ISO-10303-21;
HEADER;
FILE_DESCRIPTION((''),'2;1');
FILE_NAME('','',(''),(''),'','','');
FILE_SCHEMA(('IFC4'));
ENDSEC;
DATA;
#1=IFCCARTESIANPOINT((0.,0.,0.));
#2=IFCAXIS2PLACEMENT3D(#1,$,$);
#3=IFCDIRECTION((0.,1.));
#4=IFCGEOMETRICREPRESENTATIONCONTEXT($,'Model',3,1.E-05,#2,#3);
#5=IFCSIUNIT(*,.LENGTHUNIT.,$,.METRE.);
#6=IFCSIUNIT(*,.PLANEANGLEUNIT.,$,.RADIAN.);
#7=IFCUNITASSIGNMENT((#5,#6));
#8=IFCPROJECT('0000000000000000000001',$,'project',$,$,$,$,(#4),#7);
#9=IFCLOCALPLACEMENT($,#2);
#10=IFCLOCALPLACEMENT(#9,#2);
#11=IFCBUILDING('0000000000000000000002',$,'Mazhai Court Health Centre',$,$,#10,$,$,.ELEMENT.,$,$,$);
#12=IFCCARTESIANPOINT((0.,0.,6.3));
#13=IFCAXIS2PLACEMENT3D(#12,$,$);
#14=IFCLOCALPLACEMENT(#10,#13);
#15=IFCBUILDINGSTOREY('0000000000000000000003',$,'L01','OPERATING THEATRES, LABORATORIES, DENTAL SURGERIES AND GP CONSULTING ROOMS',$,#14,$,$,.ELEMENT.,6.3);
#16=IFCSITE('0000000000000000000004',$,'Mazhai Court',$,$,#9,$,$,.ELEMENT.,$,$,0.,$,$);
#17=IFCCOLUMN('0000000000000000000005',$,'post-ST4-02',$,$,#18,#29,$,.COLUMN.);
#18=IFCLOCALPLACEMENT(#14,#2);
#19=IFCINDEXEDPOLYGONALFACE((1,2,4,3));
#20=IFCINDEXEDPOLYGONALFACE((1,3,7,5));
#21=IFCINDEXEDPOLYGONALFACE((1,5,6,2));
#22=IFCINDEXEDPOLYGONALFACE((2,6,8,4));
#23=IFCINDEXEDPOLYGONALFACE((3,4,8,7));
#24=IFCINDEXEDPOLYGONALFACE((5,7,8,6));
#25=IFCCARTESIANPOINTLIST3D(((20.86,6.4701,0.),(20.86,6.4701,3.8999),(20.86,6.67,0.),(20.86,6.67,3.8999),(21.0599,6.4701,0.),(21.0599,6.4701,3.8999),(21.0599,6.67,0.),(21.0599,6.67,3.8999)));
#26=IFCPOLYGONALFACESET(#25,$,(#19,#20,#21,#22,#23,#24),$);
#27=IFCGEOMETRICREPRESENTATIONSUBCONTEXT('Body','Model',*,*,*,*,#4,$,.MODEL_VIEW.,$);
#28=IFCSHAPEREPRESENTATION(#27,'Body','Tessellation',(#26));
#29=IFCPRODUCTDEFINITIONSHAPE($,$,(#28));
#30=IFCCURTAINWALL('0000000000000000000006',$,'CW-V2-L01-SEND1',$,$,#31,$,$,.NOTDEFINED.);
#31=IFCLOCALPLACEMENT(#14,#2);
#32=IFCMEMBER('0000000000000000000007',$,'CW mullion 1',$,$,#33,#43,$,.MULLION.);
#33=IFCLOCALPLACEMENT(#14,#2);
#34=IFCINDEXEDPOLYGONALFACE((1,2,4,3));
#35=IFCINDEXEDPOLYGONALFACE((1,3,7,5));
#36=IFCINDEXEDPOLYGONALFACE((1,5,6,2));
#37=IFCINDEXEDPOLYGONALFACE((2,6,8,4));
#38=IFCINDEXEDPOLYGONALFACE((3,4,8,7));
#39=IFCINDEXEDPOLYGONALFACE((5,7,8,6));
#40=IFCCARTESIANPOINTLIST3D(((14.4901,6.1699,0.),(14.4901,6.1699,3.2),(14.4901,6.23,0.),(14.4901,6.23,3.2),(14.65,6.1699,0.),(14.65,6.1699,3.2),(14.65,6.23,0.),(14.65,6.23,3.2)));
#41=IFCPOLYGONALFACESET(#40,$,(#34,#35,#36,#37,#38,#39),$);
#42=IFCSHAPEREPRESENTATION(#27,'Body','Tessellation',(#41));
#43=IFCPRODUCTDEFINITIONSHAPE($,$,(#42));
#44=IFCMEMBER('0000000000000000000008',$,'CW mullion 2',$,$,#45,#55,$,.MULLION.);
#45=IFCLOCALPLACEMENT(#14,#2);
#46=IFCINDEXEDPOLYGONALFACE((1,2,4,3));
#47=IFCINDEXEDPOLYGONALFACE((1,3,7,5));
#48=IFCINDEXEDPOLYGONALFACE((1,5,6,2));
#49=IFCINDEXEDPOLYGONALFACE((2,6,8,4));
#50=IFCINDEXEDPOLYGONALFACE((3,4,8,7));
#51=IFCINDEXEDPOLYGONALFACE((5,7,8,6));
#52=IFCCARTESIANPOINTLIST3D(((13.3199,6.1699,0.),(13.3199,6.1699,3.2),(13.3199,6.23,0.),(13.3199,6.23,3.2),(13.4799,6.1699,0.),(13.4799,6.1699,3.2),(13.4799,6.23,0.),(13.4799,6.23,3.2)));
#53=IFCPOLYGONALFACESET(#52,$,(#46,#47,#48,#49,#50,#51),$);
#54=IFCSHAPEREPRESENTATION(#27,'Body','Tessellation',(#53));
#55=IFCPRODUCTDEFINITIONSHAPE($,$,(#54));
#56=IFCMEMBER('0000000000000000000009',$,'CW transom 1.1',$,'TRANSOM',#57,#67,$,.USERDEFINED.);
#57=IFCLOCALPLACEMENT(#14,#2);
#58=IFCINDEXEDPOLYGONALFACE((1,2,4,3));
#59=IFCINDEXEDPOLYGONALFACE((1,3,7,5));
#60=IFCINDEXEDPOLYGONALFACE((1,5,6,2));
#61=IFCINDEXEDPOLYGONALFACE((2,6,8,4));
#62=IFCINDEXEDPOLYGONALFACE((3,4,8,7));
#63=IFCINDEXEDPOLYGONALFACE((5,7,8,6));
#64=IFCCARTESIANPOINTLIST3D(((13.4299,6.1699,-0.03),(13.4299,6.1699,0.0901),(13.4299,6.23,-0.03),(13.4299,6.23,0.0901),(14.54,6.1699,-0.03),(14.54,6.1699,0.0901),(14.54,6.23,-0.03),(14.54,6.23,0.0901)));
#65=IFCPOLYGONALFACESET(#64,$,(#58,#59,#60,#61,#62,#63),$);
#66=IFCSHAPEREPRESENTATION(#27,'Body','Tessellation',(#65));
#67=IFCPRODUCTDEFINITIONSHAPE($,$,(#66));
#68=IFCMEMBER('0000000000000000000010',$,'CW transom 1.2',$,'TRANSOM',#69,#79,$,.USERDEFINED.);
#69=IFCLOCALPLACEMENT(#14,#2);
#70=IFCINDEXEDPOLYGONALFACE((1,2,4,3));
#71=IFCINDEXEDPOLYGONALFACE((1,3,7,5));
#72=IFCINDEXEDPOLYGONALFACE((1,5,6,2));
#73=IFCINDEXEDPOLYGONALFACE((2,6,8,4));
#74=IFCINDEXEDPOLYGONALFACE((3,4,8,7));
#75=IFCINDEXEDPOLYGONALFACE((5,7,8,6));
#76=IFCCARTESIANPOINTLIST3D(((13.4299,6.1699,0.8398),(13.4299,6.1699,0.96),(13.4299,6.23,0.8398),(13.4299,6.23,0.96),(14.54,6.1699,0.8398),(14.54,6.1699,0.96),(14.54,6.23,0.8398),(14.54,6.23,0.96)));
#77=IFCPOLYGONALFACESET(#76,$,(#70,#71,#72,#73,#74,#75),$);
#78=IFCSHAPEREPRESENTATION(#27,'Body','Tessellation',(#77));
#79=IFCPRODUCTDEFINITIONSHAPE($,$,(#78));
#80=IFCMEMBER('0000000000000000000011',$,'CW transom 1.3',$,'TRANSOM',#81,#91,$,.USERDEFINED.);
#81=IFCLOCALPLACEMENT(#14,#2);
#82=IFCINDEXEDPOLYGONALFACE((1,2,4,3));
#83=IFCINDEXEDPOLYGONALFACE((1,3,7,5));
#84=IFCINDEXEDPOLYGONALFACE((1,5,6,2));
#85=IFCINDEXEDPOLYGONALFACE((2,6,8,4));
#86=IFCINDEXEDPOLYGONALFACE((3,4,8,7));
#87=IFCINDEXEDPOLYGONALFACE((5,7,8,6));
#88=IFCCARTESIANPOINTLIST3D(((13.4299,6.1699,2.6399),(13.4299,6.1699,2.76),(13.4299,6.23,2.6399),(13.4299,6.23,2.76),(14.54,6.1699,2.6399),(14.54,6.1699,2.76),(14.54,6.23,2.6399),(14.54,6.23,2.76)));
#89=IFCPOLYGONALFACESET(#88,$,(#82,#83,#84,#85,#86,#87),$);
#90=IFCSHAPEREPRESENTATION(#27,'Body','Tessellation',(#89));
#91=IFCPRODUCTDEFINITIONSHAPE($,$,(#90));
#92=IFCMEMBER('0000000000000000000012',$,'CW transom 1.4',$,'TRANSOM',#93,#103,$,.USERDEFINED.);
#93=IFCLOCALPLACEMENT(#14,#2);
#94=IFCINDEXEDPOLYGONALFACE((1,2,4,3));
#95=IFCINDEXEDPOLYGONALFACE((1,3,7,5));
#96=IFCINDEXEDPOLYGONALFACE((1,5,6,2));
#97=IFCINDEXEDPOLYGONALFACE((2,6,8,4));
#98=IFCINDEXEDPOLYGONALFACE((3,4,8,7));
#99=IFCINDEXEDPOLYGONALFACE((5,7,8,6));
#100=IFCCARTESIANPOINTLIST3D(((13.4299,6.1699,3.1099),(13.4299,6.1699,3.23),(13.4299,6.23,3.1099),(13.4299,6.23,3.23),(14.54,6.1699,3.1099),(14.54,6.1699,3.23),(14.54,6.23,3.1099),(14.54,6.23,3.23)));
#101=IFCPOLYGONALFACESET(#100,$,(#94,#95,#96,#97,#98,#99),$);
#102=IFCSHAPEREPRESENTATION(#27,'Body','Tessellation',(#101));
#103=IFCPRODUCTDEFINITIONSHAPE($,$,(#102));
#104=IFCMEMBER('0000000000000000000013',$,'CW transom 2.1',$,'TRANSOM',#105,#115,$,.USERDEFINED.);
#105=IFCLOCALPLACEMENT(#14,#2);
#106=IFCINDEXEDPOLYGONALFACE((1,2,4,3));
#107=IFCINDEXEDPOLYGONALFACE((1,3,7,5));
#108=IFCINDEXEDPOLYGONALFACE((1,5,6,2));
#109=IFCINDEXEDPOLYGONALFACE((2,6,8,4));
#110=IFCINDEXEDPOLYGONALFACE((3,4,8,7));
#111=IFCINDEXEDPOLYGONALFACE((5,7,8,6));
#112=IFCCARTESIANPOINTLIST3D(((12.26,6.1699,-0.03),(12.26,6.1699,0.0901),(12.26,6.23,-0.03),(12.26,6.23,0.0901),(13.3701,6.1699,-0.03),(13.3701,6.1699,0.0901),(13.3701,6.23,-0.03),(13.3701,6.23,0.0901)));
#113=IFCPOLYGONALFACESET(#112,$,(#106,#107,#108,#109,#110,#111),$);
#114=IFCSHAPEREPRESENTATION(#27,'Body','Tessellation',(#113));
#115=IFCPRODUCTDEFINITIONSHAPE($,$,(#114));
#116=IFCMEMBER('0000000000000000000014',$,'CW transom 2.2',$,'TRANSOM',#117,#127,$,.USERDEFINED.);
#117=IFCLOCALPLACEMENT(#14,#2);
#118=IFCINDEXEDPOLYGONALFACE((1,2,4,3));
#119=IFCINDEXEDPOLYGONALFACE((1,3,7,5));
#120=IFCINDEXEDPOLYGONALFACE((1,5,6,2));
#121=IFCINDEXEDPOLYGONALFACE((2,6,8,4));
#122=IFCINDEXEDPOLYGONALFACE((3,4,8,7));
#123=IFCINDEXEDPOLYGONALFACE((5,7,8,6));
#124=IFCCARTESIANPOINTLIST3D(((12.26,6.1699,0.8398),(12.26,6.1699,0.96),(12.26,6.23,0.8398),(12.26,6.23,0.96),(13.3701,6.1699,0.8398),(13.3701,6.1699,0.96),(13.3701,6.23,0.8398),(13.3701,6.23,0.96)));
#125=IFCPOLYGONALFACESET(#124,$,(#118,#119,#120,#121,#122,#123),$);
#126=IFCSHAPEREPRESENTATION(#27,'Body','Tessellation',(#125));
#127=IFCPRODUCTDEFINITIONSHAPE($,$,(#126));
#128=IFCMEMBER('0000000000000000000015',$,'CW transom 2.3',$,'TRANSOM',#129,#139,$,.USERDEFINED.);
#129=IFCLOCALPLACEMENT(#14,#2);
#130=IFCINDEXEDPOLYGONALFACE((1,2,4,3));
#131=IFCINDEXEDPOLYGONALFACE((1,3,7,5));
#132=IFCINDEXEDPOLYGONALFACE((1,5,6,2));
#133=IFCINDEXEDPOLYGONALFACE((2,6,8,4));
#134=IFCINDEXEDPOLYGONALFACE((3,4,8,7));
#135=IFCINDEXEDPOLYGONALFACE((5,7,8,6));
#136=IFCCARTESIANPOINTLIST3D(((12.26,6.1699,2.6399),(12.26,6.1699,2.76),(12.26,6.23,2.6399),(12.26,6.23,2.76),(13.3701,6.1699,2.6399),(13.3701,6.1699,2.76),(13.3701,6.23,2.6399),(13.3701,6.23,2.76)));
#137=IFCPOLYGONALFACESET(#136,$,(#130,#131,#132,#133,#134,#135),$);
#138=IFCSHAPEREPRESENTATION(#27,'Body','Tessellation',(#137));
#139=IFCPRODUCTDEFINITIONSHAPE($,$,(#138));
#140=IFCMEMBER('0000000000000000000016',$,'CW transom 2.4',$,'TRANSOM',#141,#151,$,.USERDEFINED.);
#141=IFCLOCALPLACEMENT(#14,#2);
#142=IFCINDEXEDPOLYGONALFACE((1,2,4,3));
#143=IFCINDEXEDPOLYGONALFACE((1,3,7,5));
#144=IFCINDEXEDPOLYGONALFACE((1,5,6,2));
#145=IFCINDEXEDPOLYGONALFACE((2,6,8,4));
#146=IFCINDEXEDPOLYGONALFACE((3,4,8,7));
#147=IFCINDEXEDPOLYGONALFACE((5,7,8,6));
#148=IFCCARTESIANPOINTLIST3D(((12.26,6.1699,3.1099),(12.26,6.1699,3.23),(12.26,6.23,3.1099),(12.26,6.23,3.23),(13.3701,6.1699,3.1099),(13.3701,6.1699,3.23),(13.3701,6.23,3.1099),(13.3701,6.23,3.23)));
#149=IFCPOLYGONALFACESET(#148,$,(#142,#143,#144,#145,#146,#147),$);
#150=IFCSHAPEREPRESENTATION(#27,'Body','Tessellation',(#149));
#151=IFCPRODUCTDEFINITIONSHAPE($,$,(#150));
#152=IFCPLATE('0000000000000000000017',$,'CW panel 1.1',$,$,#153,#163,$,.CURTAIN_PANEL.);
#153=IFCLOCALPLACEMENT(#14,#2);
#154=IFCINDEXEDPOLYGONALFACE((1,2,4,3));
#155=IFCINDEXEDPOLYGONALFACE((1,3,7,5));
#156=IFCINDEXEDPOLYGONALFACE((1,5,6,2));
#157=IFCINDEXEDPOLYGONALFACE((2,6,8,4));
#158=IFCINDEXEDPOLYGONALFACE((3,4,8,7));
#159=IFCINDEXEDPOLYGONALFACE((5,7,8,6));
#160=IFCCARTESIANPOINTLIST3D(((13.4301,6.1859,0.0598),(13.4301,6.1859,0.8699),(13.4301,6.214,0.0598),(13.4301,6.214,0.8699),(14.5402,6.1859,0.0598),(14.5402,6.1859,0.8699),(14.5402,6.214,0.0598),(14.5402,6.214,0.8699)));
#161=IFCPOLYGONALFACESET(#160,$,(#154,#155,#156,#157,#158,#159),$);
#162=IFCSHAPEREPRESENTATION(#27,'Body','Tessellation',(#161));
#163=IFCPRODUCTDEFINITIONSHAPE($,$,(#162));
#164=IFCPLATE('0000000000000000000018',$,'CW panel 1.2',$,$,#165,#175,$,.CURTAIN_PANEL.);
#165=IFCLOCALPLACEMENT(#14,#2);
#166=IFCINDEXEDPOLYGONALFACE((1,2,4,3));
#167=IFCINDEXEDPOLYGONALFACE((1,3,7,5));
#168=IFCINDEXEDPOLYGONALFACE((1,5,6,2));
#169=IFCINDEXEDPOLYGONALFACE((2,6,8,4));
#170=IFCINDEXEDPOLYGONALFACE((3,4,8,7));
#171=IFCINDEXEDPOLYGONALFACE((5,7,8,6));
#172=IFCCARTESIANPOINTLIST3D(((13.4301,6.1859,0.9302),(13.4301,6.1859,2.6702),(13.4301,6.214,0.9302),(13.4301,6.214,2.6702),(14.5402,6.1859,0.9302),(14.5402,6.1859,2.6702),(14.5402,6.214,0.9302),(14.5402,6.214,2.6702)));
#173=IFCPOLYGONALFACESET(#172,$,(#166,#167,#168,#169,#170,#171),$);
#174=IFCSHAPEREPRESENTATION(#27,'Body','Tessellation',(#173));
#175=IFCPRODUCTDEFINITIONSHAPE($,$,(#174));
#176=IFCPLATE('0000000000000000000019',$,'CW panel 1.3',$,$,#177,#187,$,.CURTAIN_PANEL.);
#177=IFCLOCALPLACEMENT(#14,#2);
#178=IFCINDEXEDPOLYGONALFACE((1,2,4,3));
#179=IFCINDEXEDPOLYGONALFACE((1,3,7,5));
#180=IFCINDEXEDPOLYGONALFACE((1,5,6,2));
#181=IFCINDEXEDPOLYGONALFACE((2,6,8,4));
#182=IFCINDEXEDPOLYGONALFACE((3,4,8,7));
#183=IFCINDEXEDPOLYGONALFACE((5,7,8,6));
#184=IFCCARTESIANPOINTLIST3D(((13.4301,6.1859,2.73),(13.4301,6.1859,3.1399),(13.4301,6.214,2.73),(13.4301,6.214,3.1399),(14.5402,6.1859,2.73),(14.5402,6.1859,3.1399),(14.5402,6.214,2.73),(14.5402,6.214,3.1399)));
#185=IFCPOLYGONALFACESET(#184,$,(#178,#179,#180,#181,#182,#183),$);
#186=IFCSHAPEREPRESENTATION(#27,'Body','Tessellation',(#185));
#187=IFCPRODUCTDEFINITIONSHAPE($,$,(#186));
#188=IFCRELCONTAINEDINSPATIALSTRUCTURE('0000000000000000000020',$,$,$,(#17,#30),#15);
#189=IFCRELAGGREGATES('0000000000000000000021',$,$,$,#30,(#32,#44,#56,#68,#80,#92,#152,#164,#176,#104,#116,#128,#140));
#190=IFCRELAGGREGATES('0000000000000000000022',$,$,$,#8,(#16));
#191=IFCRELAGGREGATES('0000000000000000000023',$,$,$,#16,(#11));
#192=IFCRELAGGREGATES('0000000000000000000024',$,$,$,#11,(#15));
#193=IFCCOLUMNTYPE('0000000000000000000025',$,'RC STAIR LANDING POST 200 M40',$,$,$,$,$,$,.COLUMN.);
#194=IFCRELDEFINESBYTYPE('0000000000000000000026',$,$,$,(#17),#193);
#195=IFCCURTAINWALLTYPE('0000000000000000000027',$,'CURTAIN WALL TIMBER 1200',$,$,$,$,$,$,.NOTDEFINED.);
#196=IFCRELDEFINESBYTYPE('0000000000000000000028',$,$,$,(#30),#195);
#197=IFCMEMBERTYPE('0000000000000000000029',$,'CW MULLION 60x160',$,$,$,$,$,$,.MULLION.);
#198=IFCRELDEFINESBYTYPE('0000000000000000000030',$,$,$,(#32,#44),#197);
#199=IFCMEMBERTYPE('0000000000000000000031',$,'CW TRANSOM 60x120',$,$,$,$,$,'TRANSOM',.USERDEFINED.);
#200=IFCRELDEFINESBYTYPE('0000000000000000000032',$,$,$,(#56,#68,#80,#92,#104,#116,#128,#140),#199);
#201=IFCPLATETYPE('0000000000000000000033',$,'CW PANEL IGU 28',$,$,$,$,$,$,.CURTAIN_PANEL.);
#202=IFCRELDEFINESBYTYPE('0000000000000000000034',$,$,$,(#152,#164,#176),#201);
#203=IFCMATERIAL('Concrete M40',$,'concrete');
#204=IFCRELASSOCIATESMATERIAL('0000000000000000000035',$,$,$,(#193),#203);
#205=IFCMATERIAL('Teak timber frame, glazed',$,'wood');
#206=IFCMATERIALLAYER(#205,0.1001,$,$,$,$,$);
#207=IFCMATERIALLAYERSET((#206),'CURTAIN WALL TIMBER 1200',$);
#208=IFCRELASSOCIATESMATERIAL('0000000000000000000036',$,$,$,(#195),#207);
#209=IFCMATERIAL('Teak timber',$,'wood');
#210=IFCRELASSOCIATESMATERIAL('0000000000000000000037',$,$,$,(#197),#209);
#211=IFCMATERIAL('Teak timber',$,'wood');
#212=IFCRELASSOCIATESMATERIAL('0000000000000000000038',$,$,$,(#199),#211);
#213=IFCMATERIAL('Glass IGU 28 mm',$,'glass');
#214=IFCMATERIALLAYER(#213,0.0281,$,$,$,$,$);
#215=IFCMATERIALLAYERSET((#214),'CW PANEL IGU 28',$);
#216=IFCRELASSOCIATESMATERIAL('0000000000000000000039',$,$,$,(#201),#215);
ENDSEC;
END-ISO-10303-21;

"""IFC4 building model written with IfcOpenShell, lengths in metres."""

from ifc_helpers import new_model, si_unit, direction, frame, origin, origin_2d, place, context, subcontext, project, spatial, rectangle, extrude, material, layer, layer_set, material_profile, profile_set, type_object, element, aggregate, save


model = new_model("IFC4")

# Units and contexts
model_context = context("Model", 3, precision=1e-05, world=origin(), true_north=direction((0.0, 1.0)))
body_context = subcontext(model_context, "Body", "Model", "MODEL_VIEW")
ifc_project = project(units=[si_unit("LENGTHUNIT", "METRE"), si_unit("PLANEANGLEUNIT", "RADIAN")], contexts=[model_context])

# Site, building, storey
site_placement = place(None, origin())
site = spatial("IfcSite", under=ifc_project, at=site_placement, Name="Mazhai Court", CompositionType="ELEMENT", RefElevation=0.0)
building_placement = place(site_placement, origin())
building = spatial("IfcBuilding", under=site, at=building_placement, Name="Mazhai Court Health Centre", CompositionType="ELEMENT")
storey_placement = place(building_placement, frame((0.0, 0.0, 6.3)))
storey = spatial("IfcBuildingStorey", under=building, at=storey_placement, Name="L01", Description="OPERATING THEATRES, LABORATORIES, DENTAL SURGERIES AND GP CONSULTING ROOMS", CompositionType="ELEMENT", Elevation=6.3)

# Column
ifc_material_1 = material(Name="Concrete M40", Category="concrete")
ifc_material_profile_1 = material_profile(ifc_material_1, rectangle(XDim=0.2, YDim=0.2, at=origin_2d()), Name="RC 200x200")
ifc_profile_set_1 = profile_set([ifc_material_profile_1], Name="Concrete M40")
column_type = type_object("IfcColumnType", Name="RC STAIR LANDING POST 200 M40", PredefinedType="COLUMN", material=ifc_profile_set_1)
column_placement = place(storey_placement, frame((20.96, 6.5701, 0.0), z_axis=(0.0, 0.0, 1.0), x_axis=(1.0, 0.0, 0.0)))
element("IfcColumn", 1, at=column_placement, inside=storey, type_object=column_type, Name="post-ST4-02", PredefinedType="COLUMN", context=body_context, shape_type="SweptSolid", body=[
    extrude(rectangle(XDim=0.2, YDim=0.2, at=origin_2d()), origin(), (0.0, 0.0, 1.0), 3.8999),
])

# Curtain wall, members, plates
ifc_material_2 = material(Name="Teak timber frame, glazed", Category="wood")
ifc_layer_1 = layer(ifc_material_2, 0.1001)
ifc_layer_set_1 = layer_set([ifc_layer_1], Name="CURTAIN WALL TIMBER 1200")
curtain_wall_type = type_object("IfcCurtainWallType", Name="CURTAIN WALL TIMBER 1200", PredefinedType="NOTDEFINED", material=ifc_layer_set_1)
curtain_wall_placement = place(storey_placement, origin())
curtain_wall = element("IfcCurtainWall", 2, at=curtain_wall_placement, inside=storey, type_object=curtain_wall_type, Name="CW-V2-L01-SEND1", PredefinedType="NOTDEFINED")
ifc_material_3 = material(Name="Teak timber", Category="wood")
ifc_material_profile_2 = material_profile(ifc_material_3, rectangle(XDim=0.0601, YDim=0.1599, at=origin_2d()), Name="CW MULLION 60x160")
ifc_profile_set_2 = profile_set([ifc_material_profile_2], Name="Teak timber")
member_type_1 = type_object("IfcMemberType", Name="CW MULLION 60x160", PredefinedType="MULLION", material=ifc_profile_set_2)
member_1_placement = place(storey_placement, frame((14.5701, 6.2, 0.0), z_axis=(0.0, 0.0, 1.0), x_axis=(0.0, -1.0, 0.0)))
member_1 = element("IfcMember", 3, at=member_1_placement, type_object=member_type_1, Name="CW mullion 1", PredefinedType="MULLION", context=body_context, shape_type="SweptSolid", body=[
    extrude(rectangle(XDim=0.0601, YDim=0.1599, at=origin_2d()), origin(), (0.0, 0.0, 1.0), 3.2),
])
member_2_placement = place(storey_placement, frame((13.3999, 6.2, 0.0), z_axis=(0.0, 0.0, 1.0), x_axis=(0.0, -1.0, 0.0)))
member_2 = element("IfcMember", 4, at=member_2_placement, type_object=member_type_1, Name="CW mullion 2", PredefinedType="MULLION", context=body_context, shape_type="SweptSolid", body=[
    extrude(rectangle(XDim=0.0601, YDim=0.1599, at=origin_2d()), origin(), (0.0, 0.0, 1.0), 3.2),
])
ifc_material_4 = material(Name="Teak timber", Category="wood")
ifc_material_profile_3 = material_profile(ifc_material_4, rectangle(XDim=0.0601, YDim=0.1201, at=origin_2d()), Name="CW TRANSOM 60x120")
ifc_profile_set_3 = profile_set([ifc_material_profile_3], Name="Teak timber")
member_type_2 = type_object("IfcMemberType", Name="CW TRANSOM 60x120", ElementType="TRANSOM", PredefinedType="USERDEFINED", material=ifc_profile_set_3)
member_3_placement = place(storey_placement, frame((14.54, 6.2, 0.03), z_axis=(-1.0, 0.0, 0.0), x_axis=(0.0, -1.0, 0.0)))
member_3 = element("IfcMember", 5, at=member_3_placement, type_object=member_type_2, Name="CW transom 1.1", ObjectType="TRANSOM", PredefinedType="USERDEFINED", context=body_context, shape_type="SweptSolid", body=[
    extrude(rectangle(XDim=0.0601, YDim=0.1201, at=origin_2d()), origin(), (0.0, 0.0, 1.0), 1.1101),
])
member_4_placement = place(storey_placement, frame((14.54, 6.2, 0.8999), z_axis=(-1.0, 0.0, 0.0), x_axis=(0.0, -1.0, 0.0)))
member_4 = element("IfcMember", 6, at=member_4_placement, type_object=member_type_2, Name="CW transom 1.2", ObjectType="TRANSOM", PredefinedType="USERDEFINED", context=body_context, shape_type="SweptSolid", body=[
    extrude(rectangle(XDim=0.0601, YDim=0.1201, at=origin_2d()), origin(), (0.0, 0.0, 1.0), 1.1101),
])
member_5_placement = place(storey_placement, frame((14.54, 6.2, 2.7), z_axis=(-1.0, 0.0, 0.0), x_axis=(0.0, -1.0, 0.0)))
member_5 = element("IfcMember", 7, at=member_5_placement, type_object=member_type_2, Name="CW transom 1.3", ObjectType="TRANSOM", PredefinedType="USERDEFINED", context=body_context, shape_type="SweptSolid", body=[
    extrude(rectangle(XDim=0.0601, YDim=0.1201, at=origin_2d()), origin(), (0.0, 0.0, 1.0), 1.1101),
])
member_6_placement = place(storey_placement, frame((14.54, 6.2, 3.1699), z_axis=(-1.0, 0.0, 0.0), x_axis=(0.0, -1.0, 0.0)))
member_6 = element("IfcMember", 8, at=member_6_placement, type_object=member_type_2, Name="CW transom 1.4", ObjectType="TRANSOM", PredefinedType="USERDEFINED", context=body_context, shape_type="SweptSolid", body=[
    extrude(rectangle(XDim=0.0601, YDim=0.1201, at=origin_2d()), origin(), (0.0, 0.0, 1.0), 1.1101),
])
member_7_placement = place(storey_placement, frame((13.3701, 6.2, 0.03), z_axis=(-1.0, 0.0, 0.0), x_axis=(0.0, -1.0, 0.0)))
member_7 = element("IfcMember", 9, at=member_7_placement, type_object=member_type_2, Name="CW transom 2.1", ObjectType="TRANSOM", PredefinedType="USERDEFINED", context=body_context, shape_type="SweptSolid", body=[
    extrude(rectangle(XDim=0.0601, YDim=0.1201, at=origin_2d()), origin(), (0.0, 0.0, 1.0), 1.1101),
])
member_8_placement = place(storey_placement, frame((13.3701, 6.2, 0.8999), z_axis=(-1.0, 0.0, 0.0), x_axis=(0.0, -1.0, 0.0)))
member_8 = element("IfcMember", 10, at=member_8_placement, type_object=member_type_2, Name="CW transom 2.2", ObjectType="TRANSOM", PredefinedType="USERDEFINED", context=body_context, shape_type="SweptSolid", body=[
    extrude(rectangle(XDim=0.0601, YDim=0.1201, at=origin_2d()), origin(), (0.0, 0.0, 1.0), 1.1101),
])
member_9_placement = place(storey_placement, frame((13.3701, 6.2, 2.7), z_axis=(-1.0, 0.0, 0.0), x_axis=(0.0, -1.0, 0.0)))
member_9 = element("IfcMember", 11, at=member_9_placement, type_object=member_type_2, Name="CW transom 2.3", ObjectType="TRANSOM", PredefinedType="USERDEFINED", context=body_context, shape_type="SweptSolid", body=[
    extrude(rectangle(XDim=0.0601, YDim=0.1201, at=origin_2d()), origin(), (0.0, 0.0, 1.0), 1.1101),
])
member_10_placement = place(storey_placement, frame((13.3701, 6.2, 3.1699), z_axis=(-1.0, 0.0, 0.0), x_axis=(0.0, -1.0, 0.0)))
member_10 = element("IfcMember", 12, at=member_10_placement, type_object=member_type_2, Name="CW transom 2.4", ObjectType="TRANSOM", PredefinedType="USERDEFINED", context=body_context, shape_type="SweptSolid", body=[
    extrude(rectangle(XDim=0.0601, YDim=0.1201, at=origin_2d()), origin(), (0.0, 0.0, 1.0), 1.1101),
])
ifc_material_5 = material(Name="Glass IGU 28 mm", Category="glass")
ifc_layer_2 = layer(ifc_material_5, 0.0281)
ifc_layer_set_2 = layer_set([ifc_layer_2], Name="CW PANEL IGU 28")
plate_type = type_object("IfcPlateType", Name="CW PANEL IGU 28", PredefinedType="CURTAIN_PANEL", material=ifc_layer_set_2)
plate_1_placement = place(storey_placement, frame((13.9851, 6.2, 0.0598), z_axis=(0.0, 0.0, 1.0), x_axis=(-1.0, 0.0, 0.0)))
plate_1 = element("IfcPlate", 13, at=plate_1_placement, type_object=plate_type, Name="CW panel 1.1", PredefinedType="CURTAIN_PANEL", context=body_context, shape_type="SweptSolid", body=[
    extrude(rectangle(XDim=1.1101, YDim=0.0281, at=origin_2d()), origin(), (0.0, 0.0, 1.0), 0.8101),
])
plate_2_placement = place(storey_placement, frame((13.9851, 6.2, 0.9302), z_axis=(0.0, 0.0, 1.0), x_axis=(-1.0, 0.0, 0.0)))
plate_2 = element("IfcPlate", 14, at=plate_2_placement, type_object=plate_type, Name="CW panel 1.2", PredefinedType="CURTAIN_PANEL", context=body_context, shape_type="SweptSolid", body=[
    extrude(rectangle(XDim=1.1101, YDim=0.0281, at=origin_2d()), origin(), (0.0, 0.0, 1.0), 1.74),
])
plate_3_placement = place(storey_placement, frame((13.9851, 6.2, 2.73), z_axis=(0.0, 0.0, 1.0), x_axis=(-1.0, 0.0, 0.0)))
plate_3 = element("IfcPlate", 15, at=plate_3_placement, type_object=plate_type, Name="CW panel 1.3", PredefinedType="CURTAIN_PANEL", context=body_context, shape_type="SweptSolid", body=[
    extrude(rectangle(XDim=1.1101, YDim=0.0281, at=origin_2d()), origin(), (0.0, 0.0, 1.0), 0.4099),
])
aggregate(curtain_wall, [member_1, member_2, member_3, member_4, member_5, member_6, plate_1, plate_2, plate_3, member_7, member_8, member_9, member_10])

save(model, "model.ifc")
